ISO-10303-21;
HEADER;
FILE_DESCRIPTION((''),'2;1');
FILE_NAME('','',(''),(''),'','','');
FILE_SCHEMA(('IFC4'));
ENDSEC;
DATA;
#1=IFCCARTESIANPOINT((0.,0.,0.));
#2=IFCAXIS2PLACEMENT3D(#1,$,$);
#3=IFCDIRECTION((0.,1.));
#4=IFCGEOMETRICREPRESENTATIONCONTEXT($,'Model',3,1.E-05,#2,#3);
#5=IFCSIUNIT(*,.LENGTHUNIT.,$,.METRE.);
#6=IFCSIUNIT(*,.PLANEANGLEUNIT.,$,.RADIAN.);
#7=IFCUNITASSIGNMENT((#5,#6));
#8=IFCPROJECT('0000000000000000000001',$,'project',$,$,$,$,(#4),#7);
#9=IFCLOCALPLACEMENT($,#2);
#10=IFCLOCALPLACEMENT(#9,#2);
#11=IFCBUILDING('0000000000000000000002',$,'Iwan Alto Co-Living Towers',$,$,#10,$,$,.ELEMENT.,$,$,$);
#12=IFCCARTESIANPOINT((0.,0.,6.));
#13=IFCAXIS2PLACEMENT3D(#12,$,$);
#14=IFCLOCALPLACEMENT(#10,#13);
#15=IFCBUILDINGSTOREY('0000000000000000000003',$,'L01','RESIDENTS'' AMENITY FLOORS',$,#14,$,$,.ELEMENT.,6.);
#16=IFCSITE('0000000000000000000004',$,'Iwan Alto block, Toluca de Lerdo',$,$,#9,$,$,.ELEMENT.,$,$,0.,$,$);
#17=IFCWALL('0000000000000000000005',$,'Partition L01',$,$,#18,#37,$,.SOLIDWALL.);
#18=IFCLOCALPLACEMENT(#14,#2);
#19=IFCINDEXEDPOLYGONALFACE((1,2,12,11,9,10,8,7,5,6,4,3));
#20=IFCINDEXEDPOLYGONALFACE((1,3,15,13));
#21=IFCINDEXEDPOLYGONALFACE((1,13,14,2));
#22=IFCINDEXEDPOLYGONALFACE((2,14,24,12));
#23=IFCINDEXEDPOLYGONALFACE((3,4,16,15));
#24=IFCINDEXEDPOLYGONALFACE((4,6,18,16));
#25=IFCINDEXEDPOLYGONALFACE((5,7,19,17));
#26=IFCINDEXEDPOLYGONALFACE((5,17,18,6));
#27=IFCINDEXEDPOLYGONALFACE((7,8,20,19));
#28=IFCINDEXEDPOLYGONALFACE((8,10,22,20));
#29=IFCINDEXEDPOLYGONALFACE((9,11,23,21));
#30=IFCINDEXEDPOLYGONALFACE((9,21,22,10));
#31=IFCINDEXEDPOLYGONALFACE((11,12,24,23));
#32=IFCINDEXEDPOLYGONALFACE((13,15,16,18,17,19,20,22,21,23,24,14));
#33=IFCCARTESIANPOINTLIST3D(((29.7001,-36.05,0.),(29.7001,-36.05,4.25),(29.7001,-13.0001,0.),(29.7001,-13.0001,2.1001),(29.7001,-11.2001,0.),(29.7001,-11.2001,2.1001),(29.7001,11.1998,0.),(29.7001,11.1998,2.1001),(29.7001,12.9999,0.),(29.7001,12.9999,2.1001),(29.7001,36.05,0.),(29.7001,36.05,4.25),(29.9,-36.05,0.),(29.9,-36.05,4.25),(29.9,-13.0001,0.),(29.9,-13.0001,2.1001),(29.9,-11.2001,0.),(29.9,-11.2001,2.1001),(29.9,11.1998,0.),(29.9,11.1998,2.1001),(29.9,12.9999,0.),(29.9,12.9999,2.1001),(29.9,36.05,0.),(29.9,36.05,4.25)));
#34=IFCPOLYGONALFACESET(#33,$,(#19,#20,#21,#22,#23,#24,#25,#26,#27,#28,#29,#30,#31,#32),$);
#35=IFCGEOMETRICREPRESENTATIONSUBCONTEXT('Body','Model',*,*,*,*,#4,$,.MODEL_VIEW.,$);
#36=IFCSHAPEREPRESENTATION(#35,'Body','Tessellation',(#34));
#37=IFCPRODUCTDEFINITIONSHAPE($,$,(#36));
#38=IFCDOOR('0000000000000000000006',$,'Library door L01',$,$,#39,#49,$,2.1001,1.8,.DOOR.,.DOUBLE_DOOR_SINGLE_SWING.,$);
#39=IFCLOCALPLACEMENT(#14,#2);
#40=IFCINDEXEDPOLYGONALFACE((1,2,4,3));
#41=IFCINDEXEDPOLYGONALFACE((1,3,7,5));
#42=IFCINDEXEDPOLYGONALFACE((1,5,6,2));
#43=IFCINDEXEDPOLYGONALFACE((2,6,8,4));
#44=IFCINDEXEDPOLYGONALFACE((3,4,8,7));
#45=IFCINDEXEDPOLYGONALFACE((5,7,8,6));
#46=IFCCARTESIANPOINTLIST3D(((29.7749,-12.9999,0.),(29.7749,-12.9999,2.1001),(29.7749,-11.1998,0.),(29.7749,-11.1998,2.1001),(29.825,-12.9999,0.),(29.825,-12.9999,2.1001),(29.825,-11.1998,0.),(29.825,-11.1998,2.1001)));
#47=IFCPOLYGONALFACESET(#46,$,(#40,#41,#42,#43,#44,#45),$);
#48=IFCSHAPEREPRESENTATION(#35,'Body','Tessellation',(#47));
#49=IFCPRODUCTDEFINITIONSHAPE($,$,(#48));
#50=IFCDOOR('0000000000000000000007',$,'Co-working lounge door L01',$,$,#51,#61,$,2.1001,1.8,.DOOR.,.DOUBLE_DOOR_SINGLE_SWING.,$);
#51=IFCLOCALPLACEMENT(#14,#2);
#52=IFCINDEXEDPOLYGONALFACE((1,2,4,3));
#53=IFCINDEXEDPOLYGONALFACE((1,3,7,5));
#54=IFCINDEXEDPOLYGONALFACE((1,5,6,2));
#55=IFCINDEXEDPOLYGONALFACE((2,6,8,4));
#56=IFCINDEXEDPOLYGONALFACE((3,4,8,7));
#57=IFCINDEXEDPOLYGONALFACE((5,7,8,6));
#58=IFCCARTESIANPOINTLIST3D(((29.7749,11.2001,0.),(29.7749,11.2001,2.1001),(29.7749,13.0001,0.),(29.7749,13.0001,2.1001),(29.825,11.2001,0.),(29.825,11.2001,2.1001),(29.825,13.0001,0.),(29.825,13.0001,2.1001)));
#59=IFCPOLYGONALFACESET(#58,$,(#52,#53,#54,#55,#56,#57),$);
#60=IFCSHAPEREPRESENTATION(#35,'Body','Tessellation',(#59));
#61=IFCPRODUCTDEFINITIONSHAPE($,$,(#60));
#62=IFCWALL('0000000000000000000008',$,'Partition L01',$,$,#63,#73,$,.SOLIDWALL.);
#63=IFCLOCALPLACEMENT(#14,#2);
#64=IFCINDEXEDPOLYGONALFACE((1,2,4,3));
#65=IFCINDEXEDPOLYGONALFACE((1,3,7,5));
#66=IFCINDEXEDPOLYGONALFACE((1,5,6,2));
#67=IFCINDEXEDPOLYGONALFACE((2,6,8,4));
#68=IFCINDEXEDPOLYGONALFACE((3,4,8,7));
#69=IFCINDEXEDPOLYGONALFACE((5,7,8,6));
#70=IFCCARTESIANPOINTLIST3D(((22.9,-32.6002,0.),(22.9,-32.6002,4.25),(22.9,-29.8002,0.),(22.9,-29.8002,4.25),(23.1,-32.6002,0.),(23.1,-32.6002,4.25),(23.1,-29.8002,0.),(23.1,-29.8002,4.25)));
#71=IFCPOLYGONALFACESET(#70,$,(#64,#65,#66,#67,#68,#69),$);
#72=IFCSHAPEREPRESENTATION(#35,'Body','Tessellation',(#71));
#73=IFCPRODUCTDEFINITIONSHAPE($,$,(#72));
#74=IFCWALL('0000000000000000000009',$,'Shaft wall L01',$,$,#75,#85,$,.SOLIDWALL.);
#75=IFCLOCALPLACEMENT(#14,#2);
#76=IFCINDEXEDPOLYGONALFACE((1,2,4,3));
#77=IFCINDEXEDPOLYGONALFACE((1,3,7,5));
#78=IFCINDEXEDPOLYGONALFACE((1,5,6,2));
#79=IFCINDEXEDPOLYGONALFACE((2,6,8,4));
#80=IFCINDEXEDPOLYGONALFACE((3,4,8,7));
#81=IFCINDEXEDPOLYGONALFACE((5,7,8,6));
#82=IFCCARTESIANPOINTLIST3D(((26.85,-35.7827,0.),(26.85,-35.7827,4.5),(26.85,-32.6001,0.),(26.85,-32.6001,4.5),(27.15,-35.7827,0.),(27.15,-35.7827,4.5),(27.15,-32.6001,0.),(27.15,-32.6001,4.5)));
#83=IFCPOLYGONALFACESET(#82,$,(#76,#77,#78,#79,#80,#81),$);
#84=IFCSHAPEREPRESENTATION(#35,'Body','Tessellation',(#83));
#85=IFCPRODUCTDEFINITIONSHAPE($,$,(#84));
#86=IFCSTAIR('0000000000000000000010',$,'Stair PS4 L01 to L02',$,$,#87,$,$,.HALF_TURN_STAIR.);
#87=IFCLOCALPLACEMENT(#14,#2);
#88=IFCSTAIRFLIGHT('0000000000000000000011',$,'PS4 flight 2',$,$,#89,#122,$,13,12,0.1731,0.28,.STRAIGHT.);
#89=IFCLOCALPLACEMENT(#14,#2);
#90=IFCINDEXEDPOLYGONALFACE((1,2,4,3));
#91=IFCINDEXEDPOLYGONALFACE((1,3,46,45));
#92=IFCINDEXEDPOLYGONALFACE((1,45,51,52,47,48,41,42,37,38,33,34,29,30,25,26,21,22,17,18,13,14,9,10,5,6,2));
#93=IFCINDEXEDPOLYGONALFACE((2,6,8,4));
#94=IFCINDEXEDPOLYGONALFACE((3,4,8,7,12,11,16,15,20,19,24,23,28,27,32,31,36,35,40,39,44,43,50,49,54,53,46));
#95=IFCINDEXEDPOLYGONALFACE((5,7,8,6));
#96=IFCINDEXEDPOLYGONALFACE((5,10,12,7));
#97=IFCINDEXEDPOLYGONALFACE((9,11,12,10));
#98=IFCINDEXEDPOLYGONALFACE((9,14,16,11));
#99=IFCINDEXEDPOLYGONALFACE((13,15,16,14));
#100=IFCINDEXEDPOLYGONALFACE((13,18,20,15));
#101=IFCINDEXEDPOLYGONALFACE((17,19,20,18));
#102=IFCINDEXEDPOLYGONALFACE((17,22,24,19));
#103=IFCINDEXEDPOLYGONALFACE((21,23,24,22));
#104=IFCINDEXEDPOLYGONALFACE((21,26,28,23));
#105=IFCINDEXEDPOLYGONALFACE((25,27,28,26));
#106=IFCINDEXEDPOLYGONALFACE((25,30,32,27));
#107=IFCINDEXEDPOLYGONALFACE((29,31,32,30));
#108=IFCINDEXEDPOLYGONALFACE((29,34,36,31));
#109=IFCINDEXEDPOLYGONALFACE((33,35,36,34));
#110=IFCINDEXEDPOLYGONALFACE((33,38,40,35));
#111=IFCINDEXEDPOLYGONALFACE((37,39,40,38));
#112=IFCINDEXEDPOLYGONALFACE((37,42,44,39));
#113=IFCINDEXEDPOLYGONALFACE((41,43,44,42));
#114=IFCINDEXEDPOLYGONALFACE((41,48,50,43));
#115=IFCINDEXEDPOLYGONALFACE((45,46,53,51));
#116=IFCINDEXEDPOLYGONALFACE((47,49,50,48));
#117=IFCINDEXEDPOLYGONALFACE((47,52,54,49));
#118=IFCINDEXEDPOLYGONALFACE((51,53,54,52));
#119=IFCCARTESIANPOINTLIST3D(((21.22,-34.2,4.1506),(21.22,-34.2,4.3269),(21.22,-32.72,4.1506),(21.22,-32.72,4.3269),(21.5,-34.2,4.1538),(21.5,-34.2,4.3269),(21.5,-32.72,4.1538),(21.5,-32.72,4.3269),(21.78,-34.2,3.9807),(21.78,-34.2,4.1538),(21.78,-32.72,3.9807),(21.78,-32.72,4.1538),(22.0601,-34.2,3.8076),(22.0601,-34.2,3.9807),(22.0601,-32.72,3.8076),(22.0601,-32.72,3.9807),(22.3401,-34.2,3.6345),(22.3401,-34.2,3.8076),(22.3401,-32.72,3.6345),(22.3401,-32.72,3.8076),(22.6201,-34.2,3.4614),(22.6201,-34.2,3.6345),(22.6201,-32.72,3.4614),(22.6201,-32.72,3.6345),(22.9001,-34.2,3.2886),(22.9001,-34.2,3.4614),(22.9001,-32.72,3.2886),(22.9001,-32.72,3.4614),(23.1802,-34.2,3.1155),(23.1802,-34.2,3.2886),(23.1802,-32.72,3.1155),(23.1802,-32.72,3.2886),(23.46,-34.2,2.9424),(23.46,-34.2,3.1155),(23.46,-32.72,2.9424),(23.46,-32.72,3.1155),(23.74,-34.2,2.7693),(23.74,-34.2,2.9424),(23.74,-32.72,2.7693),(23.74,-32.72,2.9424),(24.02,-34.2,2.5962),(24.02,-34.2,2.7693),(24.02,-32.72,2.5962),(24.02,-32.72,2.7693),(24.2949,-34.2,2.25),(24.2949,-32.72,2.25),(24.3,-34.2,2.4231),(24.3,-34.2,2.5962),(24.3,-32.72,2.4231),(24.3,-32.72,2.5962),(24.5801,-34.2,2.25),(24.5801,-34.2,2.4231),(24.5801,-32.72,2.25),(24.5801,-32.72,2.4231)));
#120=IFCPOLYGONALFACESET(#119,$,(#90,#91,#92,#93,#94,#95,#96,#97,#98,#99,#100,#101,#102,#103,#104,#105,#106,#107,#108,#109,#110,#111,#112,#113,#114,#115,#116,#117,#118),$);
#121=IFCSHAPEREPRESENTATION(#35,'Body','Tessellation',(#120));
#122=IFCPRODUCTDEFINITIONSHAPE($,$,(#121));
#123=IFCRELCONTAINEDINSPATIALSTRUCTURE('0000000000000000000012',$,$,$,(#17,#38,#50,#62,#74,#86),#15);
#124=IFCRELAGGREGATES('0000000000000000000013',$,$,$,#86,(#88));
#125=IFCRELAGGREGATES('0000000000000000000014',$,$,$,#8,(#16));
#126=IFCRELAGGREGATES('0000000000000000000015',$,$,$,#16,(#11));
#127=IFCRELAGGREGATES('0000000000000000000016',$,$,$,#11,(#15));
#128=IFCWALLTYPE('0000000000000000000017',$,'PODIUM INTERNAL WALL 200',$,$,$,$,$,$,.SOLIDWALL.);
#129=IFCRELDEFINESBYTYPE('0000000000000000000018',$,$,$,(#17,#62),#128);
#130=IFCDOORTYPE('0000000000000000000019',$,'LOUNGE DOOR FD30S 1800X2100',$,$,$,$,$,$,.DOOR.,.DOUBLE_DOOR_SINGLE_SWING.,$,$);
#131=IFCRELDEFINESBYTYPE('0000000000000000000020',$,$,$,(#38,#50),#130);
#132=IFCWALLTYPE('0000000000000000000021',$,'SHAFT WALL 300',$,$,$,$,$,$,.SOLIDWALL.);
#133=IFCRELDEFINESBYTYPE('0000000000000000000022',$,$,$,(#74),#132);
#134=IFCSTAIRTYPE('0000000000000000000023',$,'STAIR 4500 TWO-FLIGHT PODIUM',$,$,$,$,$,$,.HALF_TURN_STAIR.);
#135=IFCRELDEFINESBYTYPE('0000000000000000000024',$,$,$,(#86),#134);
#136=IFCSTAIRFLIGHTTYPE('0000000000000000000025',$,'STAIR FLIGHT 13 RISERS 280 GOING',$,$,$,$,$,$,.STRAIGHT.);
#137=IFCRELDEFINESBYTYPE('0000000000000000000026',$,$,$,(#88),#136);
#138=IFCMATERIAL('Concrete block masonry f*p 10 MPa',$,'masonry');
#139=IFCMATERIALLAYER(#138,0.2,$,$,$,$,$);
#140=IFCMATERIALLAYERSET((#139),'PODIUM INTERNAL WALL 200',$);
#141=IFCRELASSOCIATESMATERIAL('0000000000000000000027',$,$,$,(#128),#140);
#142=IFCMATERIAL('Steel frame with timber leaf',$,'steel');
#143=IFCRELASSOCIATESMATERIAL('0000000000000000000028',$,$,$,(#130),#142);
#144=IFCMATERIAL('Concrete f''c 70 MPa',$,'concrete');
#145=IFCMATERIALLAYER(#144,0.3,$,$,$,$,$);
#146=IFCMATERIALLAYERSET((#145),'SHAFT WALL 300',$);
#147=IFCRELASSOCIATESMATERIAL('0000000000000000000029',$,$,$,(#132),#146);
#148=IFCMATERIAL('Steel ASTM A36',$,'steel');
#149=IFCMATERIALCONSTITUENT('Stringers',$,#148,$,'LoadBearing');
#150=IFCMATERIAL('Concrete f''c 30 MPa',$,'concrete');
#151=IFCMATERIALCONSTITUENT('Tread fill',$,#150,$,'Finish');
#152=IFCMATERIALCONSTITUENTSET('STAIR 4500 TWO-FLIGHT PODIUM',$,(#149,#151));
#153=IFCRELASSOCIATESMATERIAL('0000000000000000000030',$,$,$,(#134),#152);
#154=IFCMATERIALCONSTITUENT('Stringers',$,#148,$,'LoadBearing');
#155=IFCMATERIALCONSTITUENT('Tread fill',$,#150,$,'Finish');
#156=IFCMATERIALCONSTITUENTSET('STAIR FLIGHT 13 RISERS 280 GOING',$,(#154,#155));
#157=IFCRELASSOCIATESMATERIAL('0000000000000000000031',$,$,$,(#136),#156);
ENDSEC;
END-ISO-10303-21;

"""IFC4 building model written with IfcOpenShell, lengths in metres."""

from ifc_helpers import new_model, si_unit, direction, frame, frame_2d, origin, place, context, subcontext, project, spatial, polyline, rectangle, outline, extrude, material, layer, layer_set, constituent, constituent_set, type_object, element, fill, aggregate, save


model = new_model("IFC4")

# Units and contexts
model_context = context("Model", 3, precision=1e-05, world=origin(), true_north=direction((0.0, 1.0)))
body_context = subcontext(model_context, "Body", "Model", "MODEL_VIEW")
ifc_project = project(units=[si_unit("LENGTHUNIT", "METRE"), si_unit("PLANEANGLEUNIT", "RADIAN")], contexts=[model_context])

# Site, building, storey
site_placement = place(None, origin())
site = spatial("IfcSite", under=ifc_project, at=site_placement, Name="Iwan Alto block, Toluca de Lerdo", CompositionType="ELEMENT", RefElevation=0.0)
building_placement = place(site_placement, origin())
building = spatial("IfcBuilding", under=site, at=building_placement, Name="Iwan Alto Co-Living Towers", CompositionType="ELEMENT")
storey_placement = place(building_placement, frame((0.0, 0.0, 6.0)))
storey = spatial("IfcBuildingStorey", under=building, at=storey_placement, Name="L01", Description="RESIDENTS' AMENITY FLOORS", CompositionType="ELEMENT", Elevation=6.0)

# Wall, openings, doors
ifc_material_1 = material(Name="Concrete block masonry f*p 10 MPa", Category="masonry")
ifc_layer_1 = layer(ifc_material_1, 0.2)
ifc_layer_set_1 = layer_set([ifc_layer_1], Name="PODIUM INTERNAL WALL 200")
wall_type_1 = type_object("IfcWallType", Name="PODIUM INTERNAL WALL 200", PredefinedType="SOLIDWALL", material=ifc_layer_set_1)
wall_1_placement = place(storey_placement, frame((29.8, -36.05, 0.0), z_axis=(0.0, 0.0, 1.0), x_axis=(0.0, 1.0, 0.0)))
wall_1 = element("IfcWall", 1, at=wall_1_placement, inside=storey, type_object=wall_type_1, Name="Partition L01", PredefinedType="SOLIDWALL", context=body_context, shape_type="SweptSolid", body=[
    extrude(rectangle(XDim=72.1001, YDim=0.2, at=frame_2d((36.05, 0.0))), origin(), (0.0, 0.0, 1.0), 4.25),
])
opening_1_placement = place(wall_1_placement, frame((23.05, 0.0, 0.0)))
opening_1 = element("IfcOpeningElement", 2, at=opening_1_placement, cuts=wall_1, PredefinedType="OPENING", context=body_context, shape_type="SweptSolid", body=[
    extrude(rectangle(XDim=1.8, YDim=2.1001, at=frame_2d((0.8999, 1.05))), frame((0.0, 0.1099, 0.0), z_axis=(0.0, -1.0, 0.0), x_axis=(1.0, 0.0, 0.0)), (0.0, 0.0, 1.0), 0.22),
])
opening_2_placement = place(wall_1_placement, frame((47.25, 0.0, 0.0)))
opening_2 = element("IfcOpeningElement", 3, at=opening_2_placement, cuts=wall_1, PredefinedType="OPENING", context=body_context, shape_type="SweptSolid", body=[
    extrude(rectangle(XDim=1.8, YDim=2.1001, at=frame_2d((0.8999, 1.05))), frame((0.0, 0.1099, 0.0), z_axis=(0.0, -1.0, 0.0), x_axis=(1.0, 0.0, 0.0)), (0.0, 0.0, 1.0), 0.22),
])
ifc_material_2 = material(Name="Steel frame with timber leaf", Category="steel")
door_type = type_object("IfcDoorType", Name="LOUNGE DOOR FD30S 1800X2100", OperationType="DOUBLE_DOOR_SINGLE_SWING", PredefinedType="DOOR", material=ifc_material_2)
door_1_placement = place(opening_1_placement, frame((1.8, 0.0, 0.0), z_axis=(0.0, 0.0, 1.0), x_axis=(-1.0, 0.0, 0.0)))
door_1 = element("IfcDoor", 4, at=door_1_placement, inside=storey, type_object=door_type, Name="Library door L01", OperationType="DOUBLE_DOOR_SINGLE_SWING", OverallHeight=2.1001, OverallWidth=1.8, PredefinedType="DOOR", context=body_context, shape_type="SweptSolid", body=[
    extrude(rectangle(XDim=1.8, YDim=2.1001, at=frame_2d((0.8999, 1.05))), frame((0.0, 0.0249, 0.0), z_axis=(0.0, -1.0, 0.0), x_axis=(1.0, 0.0, 0.0)), (0.0, 0.0, 1.0), 0.05),
])
fill(opening_1, door_1)
door_2_placement = place(opening_2_placement, frame((1.8, 0.0, 0.0), z_axis=(0.0, 0.0, 1.0), x_axis=(-1.0, 0.0, 0.0)))
door_2 = element("IfcDoor", 5, at=door_2_placement, inside=storey, type_object=door_type, Name="Co-working lounge door L01", OperationType="DOUBLE_DOOR_SINGLE_SWING", OverallHeight=2.1001, OverallWidth=1.8, PredefinedType="DOOR", context=body_context, shape_type="SweptSolid", body=[
    extrude(rectangle(XDim=1.8, YDim=2.1001, at=frame_2d((0.8999, 1.05))), frame((0.0, 0.0249, 0.0), z_axis=(0.0, -1.0, 0.0), x_axis=(1.0, 0.0, 0.0)), (0.0, 0.0, 1.0), 0.05),
])
fill(opening_2, door_2)

# Walls
wall_2_placement = place(storey_placement, frame((23.0, -32.6001, 0.0), z_axis=(0.0, 0.0, 1.0), x_axis=(0.0, 1.0, 0.0)))
element("IfcWall", 6, at=wall_2_placement, inside=storey, type_object=wall_type_1, Name="Partition L01", PredefinedType="SOLIDWALL", context=body_context, shape_type="SweptSolid", body=[
    extrude(rectangle(XDim=2.8, YDim=0.2, at=frame_2d((1.3999, 0.0))), origin(), (0.0, 0.0, 1.0), 4.25),
])
ifc_material_3 = material(Name="Concrete f'c 70 MPa", Category="concrete")
ifc_layer_2 = layer(ifc_material_3, 0.3)
ifc_layer_set_2 = layer_set([ifc_layer_2], Name="SHAFT WALL 300")
wall_type_2 = type_object("IfcWallType", Name="SHAFT WALL 300", PredefinedType="SOLIDWALL", material=ifc_layer_set_2)
wall_3_placement = place(storey_placement, frame((27.0, -35.7827, 0.0), z_axis=(0.0, 0.0, 1.0), x_axis=(0.0, 1.0, 0.0)))
element("IfcWall", 7, at=wall_3_placement, inside=storey, type_object=wall_type_2, Name="Shaft wall L01", PredefinedType="SOLIDWALL", context=body_context, shape_type="SweptSolid", body=[
    extrude(rectangle(XDim=3.1826, YDim=0.3, at=frame_2d((1.5913, 0.0))), origin(), (0.0, 0.0, 1.0), 4.5),
])

# Stair, stair flight
ifc_material_4 = material(Name="Steel ASTM A36", Category="steel")
ifc_constituent_1 = constituent(ifc_material_4, Name="Stringers", Category="LoadBearing")
ifc_material_5 = material(Name="Concrete f'c 30 MPa", Category="concrete")
ifc_constituent_2 = constituent(ifc_material_5, Name="Tread fill", Category="Finish")
ifc_constituent_set_1 = constituent_set(constituents=[ifc_constituent_1, ifc_constituent_2], Name="STAIR 4500 TWO-FLIGHT PODIUM")
stair_type = type_object("IfcStairType", Name="STAIR 4500 TWO-FLIGHT PODIUM", PredefinedType="HALF_TURN_STAIR", material=ifc_constituent_set_1)
stair_placement = place(storey_placement, origin())
stair = element("IfcStair", 8, at=stair_placement, inside=storey, type_object=stair_type, Name="Stair PS4 L01 to L02", PredefinedType="HALF_TURN_STAIR")
ifc_constituent_3 = constituent(ifc_material_4, Name="Stringers", Category="LoadBearing")
ifc_constituent_4 = constituent(ifc_material_5, Name="Tread fill", Category="Finish")
ifc_constituent_set_2 = constituent_set(constituents=[ifc_constituent_3, ifc_constituent_4], Name="STAIR FLIGHT 13 RISERS 280 GOING")
stair_flight_type = type_object("IfcStairFlightType", Name="STAIR FLIGHT 13 RISERS 280 GOING", PredefinedType="STRAIGHT", material=ifc_constituent_set_2)
stair_flight_placement = place(storey_placement, frame((24.5801, -33.46, 2.25), z_axis=(0.0, 0.0, 1.0), x_axis=(-1.0, 0.0, 0.0)))
stair_flight = element("IfcStairFlight", 9, at=stair_flight_placement, type_object=stair_flight_type, Name="PS4 flight 2", NumberOfRisers=13, NumberOfTreads=12, PredefinedType="STRAIGHT", RiserHeight=0.1731, TreadLength=0.28, context=body_context, shape_type="SweptSolid", body=[
    extrude(outline(polyline([(0.0, 0.0), (0.0, 0.1731), (0.28, 0.1731), (0.28, 0.3462), (0.5601, 0.3462), (0.5601, 0.5193), (0.8401, 0.5193), (0.8401, 0.6924), (1.1201, 0.6924), (1.1201, 0.8655), (1.3999, 0.8655), (1.3999, 1.0386), (1.6799, 1.0386), (1.6799, 1.2114), (1.96, 1.2114), (1.96, 1.3845), (2.24, 1.3845), (2.24, 1.5576), (2.52, 1.5576), (2.52, 1.7307), (2.8, 1.7307), (2.8, 1.9038), (3.0801, 1.9038), (3.0801, 2.0769), (3.3601, 2.0769), (3.3601, 2.25), (3.3601, 1.9006), (0.2852, 0.0), (0.0, 0.0)])), frame((0.0, 0.74, 0.0), z_axis=(0.0, -1.0, 0.0), x_axis=(1.0, 0.0, 0.0)), (0.0, 0.0, 1.0), 1.48),
])
aggregate(stair, [stair_flight])

save(model, "model.ifc")
